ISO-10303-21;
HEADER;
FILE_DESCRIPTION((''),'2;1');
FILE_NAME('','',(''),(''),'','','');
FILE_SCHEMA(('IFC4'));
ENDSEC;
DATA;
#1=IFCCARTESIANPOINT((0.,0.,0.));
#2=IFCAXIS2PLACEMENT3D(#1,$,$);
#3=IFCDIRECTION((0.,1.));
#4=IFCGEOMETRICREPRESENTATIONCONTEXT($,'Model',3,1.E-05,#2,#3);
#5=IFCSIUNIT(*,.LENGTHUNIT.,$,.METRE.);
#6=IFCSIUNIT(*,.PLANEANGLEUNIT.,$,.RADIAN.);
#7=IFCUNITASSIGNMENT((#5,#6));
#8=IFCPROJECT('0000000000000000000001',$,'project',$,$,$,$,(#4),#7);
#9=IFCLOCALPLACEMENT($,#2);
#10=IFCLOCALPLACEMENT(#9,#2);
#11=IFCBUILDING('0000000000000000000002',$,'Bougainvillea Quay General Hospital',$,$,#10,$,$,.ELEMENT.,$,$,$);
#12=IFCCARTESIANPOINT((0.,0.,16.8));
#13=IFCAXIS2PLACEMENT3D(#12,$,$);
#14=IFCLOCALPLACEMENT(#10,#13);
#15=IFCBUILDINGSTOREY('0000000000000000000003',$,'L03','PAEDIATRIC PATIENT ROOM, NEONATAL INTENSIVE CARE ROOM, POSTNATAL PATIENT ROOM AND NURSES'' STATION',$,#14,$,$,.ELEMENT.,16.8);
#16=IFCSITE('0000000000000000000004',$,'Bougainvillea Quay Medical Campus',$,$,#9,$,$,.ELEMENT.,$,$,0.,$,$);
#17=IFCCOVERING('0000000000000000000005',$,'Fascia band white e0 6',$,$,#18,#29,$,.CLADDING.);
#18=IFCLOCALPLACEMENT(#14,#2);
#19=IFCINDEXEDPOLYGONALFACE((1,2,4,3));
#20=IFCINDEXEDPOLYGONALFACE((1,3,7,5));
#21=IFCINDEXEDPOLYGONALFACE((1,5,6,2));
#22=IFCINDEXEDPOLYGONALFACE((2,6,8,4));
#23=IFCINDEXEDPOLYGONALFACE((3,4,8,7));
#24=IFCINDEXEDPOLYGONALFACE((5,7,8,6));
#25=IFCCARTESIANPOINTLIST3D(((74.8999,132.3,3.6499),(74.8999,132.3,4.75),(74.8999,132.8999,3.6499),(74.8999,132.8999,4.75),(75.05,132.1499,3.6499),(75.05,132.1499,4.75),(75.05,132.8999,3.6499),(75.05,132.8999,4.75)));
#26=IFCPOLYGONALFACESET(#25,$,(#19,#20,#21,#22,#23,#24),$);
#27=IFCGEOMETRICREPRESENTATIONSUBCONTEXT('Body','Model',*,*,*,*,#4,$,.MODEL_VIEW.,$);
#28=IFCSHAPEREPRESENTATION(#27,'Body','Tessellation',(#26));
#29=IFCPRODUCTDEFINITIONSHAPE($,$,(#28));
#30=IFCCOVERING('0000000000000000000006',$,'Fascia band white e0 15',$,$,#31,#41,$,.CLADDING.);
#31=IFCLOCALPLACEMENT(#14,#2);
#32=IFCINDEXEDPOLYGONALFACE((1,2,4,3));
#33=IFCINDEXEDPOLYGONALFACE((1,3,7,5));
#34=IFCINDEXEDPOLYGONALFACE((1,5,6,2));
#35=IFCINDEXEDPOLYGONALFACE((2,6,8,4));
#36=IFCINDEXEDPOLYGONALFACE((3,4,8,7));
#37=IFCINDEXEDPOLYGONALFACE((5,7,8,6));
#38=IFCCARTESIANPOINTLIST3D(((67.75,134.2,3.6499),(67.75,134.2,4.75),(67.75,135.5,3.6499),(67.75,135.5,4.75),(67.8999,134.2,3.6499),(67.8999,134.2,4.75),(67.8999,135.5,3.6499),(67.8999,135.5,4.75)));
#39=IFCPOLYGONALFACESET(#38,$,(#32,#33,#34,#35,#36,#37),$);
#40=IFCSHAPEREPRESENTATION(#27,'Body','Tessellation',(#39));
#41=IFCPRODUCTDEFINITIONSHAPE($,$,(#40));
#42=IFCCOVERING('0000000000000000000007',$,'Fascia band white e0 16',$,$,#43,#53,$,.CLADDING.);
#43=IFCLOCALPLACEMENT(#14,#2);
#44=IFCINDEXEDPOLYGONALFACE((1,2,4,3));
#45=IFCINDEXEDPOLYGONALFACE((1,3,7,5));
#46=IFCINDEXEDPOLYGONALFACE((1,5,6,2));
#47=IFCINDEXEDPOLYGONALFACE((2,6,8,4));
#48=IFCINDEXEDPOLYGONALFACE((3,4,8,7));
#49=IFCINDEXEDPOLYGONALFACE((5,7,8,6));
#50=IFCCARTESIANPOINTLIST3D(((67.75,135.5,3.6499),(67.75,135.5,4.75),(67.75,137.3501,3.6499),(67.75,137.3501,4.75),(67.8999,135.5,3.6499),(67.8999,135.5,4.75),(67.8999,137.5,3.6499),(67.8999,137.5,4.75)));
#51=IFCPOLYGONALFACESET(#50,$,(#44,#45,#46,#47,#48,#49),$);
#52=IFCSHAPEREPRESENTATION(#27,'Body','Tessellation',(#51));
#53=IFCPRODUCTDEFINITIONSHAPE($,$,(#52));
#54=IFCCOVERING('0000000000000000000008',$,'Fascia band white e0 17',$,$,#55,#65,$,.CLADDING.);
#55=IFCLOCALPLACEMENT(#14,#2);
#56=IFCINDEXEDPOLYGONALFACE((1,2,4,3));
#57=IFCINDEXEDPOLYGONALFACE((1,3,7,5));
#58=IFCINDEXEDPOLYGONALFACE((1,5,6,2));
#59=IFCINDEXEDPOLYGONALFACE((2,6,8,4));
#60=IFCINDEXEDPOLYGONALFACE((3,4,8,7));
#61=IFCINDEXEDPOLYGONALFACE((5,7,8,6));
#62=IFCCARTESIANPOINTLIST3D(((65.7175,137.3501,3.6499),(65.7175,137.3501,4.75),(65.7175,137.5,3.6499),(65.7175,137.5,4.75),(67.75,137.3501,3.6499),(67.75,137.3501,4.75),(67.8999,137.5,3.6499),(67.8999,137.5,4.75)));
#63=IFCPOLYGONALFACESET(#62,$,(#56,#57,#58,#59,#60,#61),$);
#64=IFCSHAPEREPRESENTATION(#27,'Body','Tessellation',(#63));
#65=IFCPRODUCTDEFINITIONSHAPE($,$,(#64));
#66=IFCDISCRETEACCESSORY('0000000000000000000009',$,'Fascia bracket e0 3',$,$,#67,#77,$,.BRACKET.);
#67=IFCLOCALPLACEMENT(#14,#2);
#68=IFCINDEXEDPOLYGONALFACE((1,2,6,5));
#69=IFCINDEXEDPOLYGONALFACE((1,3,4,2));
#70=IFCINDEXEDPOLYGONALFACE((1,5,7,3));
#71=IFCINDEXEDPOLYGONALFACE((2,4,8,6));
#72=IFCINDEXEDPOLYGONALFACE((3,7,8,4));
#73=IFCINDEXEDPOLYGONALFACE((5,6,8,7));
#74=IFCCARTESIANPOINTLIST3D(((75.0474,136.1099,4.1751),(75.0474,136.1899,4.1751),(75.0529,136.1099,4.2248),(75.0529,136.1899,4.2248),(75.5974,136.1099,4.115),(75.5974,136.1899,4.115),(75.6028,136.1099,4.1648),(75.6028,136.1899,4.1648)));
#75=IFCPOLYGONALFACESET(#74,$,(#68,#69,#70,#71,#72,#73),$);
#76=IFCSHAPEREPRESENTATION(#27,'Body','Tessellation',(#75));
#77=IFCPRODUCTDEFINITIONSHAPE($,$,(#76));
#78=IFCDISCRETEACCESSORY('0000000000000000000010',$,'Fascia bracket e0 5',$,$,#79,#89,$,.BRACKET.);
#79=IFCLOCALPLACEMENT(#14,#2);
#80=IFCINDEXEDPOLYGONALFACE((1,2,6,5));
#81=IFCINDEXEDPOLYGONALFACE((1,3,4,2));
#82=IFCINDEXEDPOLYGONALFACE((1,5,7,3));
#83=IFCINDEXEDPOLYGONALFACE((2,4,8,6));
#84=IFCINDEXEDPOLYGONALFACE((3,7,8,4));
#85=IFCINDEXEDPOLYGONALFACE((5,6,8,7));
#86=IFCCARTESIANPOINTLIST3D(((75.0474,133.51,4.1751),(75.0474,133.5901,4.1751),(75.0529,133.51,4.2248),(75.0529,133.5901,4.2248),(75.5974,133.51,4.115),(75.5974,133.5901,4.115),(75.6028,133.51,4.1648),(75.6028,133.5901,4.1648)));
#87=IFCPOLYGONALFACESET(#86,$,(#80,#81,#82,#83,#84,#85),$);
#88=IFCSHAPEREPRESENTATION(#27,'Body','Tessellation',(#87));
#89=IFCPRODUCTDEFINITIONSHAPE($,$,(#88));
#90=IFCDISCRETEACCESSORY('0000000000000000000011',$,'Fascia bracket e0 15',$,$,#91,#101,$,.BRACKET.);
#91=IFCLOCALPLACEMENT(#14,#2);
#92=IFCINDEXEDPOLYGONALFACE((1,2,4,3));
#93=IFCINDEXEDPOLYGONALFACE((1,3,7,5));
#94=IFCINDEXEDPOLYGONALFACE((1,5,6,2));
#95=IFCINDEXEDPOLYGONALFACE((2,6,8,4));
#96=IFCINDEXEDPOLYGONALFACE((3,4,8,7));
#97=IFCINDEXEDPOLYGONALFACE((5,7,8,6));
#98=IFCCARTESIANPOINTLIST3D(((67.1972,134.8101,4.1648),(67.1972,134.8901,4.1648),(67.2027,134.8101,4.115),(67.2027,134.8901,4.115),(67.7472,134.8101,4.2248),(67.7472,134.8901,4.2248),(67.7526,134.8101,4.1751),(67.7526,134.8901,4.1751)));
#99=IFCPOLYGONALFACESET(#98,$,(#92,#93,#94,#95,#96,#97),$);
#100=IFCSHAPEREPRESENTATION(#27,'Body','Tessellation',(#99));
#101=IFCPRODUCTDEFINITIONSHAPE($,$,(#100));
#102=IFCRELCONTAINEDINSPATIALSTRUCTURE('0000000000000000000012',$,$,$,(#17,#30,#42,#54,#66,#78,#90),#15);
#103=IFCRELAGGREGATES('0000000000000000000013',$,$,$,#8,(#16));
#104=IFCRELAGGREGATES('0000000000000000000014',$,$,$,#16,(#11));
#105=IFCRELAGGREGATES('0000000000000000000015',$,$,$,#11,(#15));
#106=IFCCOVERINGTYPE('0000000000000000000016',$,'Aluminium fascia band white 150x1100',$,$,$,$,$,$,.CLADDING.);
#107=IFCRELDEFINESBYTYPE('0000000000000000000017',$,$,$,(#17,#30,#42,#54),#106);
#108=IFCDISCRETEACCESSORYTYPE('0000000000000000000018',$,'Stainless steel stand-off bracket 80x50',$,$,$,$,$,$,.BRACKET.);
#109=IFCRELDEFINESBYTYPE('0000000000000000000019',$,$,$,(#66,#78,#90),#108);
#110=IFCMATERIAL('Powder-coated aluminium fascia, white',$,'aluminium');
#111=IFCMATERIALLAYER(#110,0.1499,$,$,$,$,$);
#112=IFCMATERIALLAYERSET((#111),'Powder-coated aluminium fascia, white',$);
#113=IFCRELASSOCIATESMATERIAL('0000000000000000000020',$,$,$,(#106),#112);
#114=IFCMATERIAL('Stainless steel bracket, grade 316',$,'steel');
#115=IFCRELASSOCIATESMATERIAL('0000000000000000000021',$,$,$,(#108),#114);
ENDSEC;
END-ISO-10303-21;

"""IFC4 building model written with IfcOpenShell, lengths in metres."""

from ifc_helpers import new_model, si_unit, direction, frame, origin, origin_2d, place, context, subcontext, project, spatial, polyline, rectangle, outline, extrude, material, layer, layer_set, material_profile, profile_set, type_object, element, save


model = new_model("IFC4")

# Units and contexts
model_context = context("Model", 3, precision=1e-05, world=origin(), true_north=direction((0.0, 1.0)))
body_context = subcontext(model_context, "Body", "Model", "MODEL_VIEW")
ifc_project = project(units=[si_unit("LENGTHUNIT", "METRE"), si_unit("PLANEANGLEUNIT", "RADIAN")], contexts=[model_context])

# Site, building, storey
site_placement = place(None, origin())
site = spatial("IfcSite", under=ifc_project, at=site_placement, Name="Bougainvillea Quay Medical Campus", CompositionType="ELEMENT", RefElevation=0.0)
building_placement = place(site_placement, origin())
building = spatial("IfcBuilding", under=site, at=building_placement, Name="Bougainvillea Quay General Hospital", CompositionType="ELEMENT")
storey_placement = place(building_placement, frame((0.0, 0.0, 16.8)))
storey = spatial("IfcBuildingStorey", under=building, at=storey_placement, Name="L03", Description="PAEDIATRIC PATIENT ROOM, NEONATAL INTENSIVE CARE ROOM, POSTNATAL PATIENT ROOM AND NURSES' STATION", CompositionType="ELEMENT", Elevation=16.8)

# Coverings
ifc_material_1 = material(Name="Powder-coated aluminium fascia, white", Category="aluminium")
ifc_layer_1 = layer(ifc_material_1, 0.1499)
ifc_layer_set_1 = layer_set([ifc_layer_1], Name="Powder-coated aluminium fascia, white")
covering_type = type_object("IfcCoveringType", Name="Aluminium fascia band white 150x1100", PredefinedType="CLADDING", material=ifc_layer_set_1)
covering_1_placement = place(storey_placement, frame((75.05, 132.8999, 3.6499), z_axis=(0.0, 0.0, 1.0), x_axis=(0.0, -1.0, 0.0)))
element("IfcCovering", 1, at=covering_1_placement, inside=storey, type_object=covering_type, Name="Fascia band white e0 6", PredefinedType="CLADDING", context=body_context, shape_type="SweptSolid", body=[
    extrude(outline(polyline([(0.0, 0.0), (0.75, 0.0), (0.5999, -0.1501), (0.0, -0.1501), (0.0, 0.0)])), origin(), (0.0, 0.0, 1.0), 1.1001),
])
covering_2_placement = place(storey_placement, frame((67.75, 134.2, 3.6499), z_axis=(0.0, 0.0, 1.0), x_axis=(0.0, 1.0, 0.0)))
element("IfcCovering", 2, at=covering_2_placement, inside=storey, type_object=covering_type, Name="Fascia band white e0 15", PredefinedType="CLADDING", context=body_context, shape_type="SweptSolid", body=[
    extrude(outline(polyline([(0.0, 0.0), (1.3, 0.0), (1.3, -0.1499), (0.0, -0.1499), (0.0, 0.0)])), origin(), (0.0, 0.0, 1.0), 1.1001),
])
covering_3_placement = place(storey_placement, frame((67.75, 135.5, 3.6499), z_axis=(0.0, 0.0, 1.0), x_axis=(0.0, 1.0, 0.0)))
element("IfcCovering", 3, at=covering_3_placement, inside=storey, type_object=covering_type, Name="Fascia band white e0 16", PredefinedType="CLADDING", context=body_context, shape_type="SweptSolid", body=[
    extrude(outline(polyline([(0.0, 0.0), (1.8501, 0.0), (2.0, -0.1499), (0.0, -0.1499), (0.0, 0.0)])), origin(), (0.0, 0.0, 1.0), 1.1001),
])
covering_4_placement = place(storey_placement, frame((67.75, 137.3501, 3.6499), z_axis=(0.0, 0.0, 1.0), x_axis=(-1.0, 0.0, 0.0)))
element("IfcCovering", 4, at=covering_4_placement, inside=storey, type_object=covering_type, Name="Fascia band white e0 17", PredefinedType="CLADDING", context=body_context, shape_type="SweptSolid", body=[
    extrude(outline(polyline([(0.0, 0.0), (2.0325, 0.0), (2.0325, -0.1499), (-0.1499, -0.1499), (0.0, 0.0)])), origin(), (0.0, 0.0, 1.0), 1.1001),
])

# Discrete accessories
ifc_material_2 = material(Name="Stainless steel bracket, grade 316", Category="steel")
ifc_material_profile_1 = material_profile(ifc_material_2, rectangle(XDim=0.0801, YDim=0.05, at=origin_2d()))
ifc_profile_set_1 = profile_set([ifc_material_profile_1], Name="Stainless steel bracket, grade 316")
discrete_accessory_type = type_object("IfcDiscreteAccessoryType", Name="Stainless steel stand-off bracket 80x50", PredefinedType="BRACKET", material=ifc_profile_set_1)
for number, where, z_axis, x_axis, name in (
    (5, (75.6001, 136.1499, 4.1399), (-0.994092, 0.0, 0.108543), (0.0, -1.0, 0.0), "Fascia bracket e0 3"),
    (6, (75.6001, 133.55, 4.1399), (-0.994092, 0.0, 0.108543), (0.0, -1.0, 0.0), "Fascia bracket e0 5"),
    (7, (67.2, 134.8501, 4.1399), (0.994092, 0.0, 0.108543), (0.0, 1.0, 0.0), "Fascia bracket e0 15"),
):
    element("IfcDiscreteAccessory", number, at=place(storey_placement, frame(where, z_axis=z_axis, x_axis=x_axis)), inside=storey, type_object=discrete_accessory_type, Name=name, PredefinedType="BRACKET", context=body_context, shape_type="SweptSolid", body=[
        extrude(rectangle(XDim=0.0801, YDim=0.05, at=origin_2d()), origin(), (0.0, 0.0, 1.0), 0.5532),
    ])

save(model, "model.ifc")
